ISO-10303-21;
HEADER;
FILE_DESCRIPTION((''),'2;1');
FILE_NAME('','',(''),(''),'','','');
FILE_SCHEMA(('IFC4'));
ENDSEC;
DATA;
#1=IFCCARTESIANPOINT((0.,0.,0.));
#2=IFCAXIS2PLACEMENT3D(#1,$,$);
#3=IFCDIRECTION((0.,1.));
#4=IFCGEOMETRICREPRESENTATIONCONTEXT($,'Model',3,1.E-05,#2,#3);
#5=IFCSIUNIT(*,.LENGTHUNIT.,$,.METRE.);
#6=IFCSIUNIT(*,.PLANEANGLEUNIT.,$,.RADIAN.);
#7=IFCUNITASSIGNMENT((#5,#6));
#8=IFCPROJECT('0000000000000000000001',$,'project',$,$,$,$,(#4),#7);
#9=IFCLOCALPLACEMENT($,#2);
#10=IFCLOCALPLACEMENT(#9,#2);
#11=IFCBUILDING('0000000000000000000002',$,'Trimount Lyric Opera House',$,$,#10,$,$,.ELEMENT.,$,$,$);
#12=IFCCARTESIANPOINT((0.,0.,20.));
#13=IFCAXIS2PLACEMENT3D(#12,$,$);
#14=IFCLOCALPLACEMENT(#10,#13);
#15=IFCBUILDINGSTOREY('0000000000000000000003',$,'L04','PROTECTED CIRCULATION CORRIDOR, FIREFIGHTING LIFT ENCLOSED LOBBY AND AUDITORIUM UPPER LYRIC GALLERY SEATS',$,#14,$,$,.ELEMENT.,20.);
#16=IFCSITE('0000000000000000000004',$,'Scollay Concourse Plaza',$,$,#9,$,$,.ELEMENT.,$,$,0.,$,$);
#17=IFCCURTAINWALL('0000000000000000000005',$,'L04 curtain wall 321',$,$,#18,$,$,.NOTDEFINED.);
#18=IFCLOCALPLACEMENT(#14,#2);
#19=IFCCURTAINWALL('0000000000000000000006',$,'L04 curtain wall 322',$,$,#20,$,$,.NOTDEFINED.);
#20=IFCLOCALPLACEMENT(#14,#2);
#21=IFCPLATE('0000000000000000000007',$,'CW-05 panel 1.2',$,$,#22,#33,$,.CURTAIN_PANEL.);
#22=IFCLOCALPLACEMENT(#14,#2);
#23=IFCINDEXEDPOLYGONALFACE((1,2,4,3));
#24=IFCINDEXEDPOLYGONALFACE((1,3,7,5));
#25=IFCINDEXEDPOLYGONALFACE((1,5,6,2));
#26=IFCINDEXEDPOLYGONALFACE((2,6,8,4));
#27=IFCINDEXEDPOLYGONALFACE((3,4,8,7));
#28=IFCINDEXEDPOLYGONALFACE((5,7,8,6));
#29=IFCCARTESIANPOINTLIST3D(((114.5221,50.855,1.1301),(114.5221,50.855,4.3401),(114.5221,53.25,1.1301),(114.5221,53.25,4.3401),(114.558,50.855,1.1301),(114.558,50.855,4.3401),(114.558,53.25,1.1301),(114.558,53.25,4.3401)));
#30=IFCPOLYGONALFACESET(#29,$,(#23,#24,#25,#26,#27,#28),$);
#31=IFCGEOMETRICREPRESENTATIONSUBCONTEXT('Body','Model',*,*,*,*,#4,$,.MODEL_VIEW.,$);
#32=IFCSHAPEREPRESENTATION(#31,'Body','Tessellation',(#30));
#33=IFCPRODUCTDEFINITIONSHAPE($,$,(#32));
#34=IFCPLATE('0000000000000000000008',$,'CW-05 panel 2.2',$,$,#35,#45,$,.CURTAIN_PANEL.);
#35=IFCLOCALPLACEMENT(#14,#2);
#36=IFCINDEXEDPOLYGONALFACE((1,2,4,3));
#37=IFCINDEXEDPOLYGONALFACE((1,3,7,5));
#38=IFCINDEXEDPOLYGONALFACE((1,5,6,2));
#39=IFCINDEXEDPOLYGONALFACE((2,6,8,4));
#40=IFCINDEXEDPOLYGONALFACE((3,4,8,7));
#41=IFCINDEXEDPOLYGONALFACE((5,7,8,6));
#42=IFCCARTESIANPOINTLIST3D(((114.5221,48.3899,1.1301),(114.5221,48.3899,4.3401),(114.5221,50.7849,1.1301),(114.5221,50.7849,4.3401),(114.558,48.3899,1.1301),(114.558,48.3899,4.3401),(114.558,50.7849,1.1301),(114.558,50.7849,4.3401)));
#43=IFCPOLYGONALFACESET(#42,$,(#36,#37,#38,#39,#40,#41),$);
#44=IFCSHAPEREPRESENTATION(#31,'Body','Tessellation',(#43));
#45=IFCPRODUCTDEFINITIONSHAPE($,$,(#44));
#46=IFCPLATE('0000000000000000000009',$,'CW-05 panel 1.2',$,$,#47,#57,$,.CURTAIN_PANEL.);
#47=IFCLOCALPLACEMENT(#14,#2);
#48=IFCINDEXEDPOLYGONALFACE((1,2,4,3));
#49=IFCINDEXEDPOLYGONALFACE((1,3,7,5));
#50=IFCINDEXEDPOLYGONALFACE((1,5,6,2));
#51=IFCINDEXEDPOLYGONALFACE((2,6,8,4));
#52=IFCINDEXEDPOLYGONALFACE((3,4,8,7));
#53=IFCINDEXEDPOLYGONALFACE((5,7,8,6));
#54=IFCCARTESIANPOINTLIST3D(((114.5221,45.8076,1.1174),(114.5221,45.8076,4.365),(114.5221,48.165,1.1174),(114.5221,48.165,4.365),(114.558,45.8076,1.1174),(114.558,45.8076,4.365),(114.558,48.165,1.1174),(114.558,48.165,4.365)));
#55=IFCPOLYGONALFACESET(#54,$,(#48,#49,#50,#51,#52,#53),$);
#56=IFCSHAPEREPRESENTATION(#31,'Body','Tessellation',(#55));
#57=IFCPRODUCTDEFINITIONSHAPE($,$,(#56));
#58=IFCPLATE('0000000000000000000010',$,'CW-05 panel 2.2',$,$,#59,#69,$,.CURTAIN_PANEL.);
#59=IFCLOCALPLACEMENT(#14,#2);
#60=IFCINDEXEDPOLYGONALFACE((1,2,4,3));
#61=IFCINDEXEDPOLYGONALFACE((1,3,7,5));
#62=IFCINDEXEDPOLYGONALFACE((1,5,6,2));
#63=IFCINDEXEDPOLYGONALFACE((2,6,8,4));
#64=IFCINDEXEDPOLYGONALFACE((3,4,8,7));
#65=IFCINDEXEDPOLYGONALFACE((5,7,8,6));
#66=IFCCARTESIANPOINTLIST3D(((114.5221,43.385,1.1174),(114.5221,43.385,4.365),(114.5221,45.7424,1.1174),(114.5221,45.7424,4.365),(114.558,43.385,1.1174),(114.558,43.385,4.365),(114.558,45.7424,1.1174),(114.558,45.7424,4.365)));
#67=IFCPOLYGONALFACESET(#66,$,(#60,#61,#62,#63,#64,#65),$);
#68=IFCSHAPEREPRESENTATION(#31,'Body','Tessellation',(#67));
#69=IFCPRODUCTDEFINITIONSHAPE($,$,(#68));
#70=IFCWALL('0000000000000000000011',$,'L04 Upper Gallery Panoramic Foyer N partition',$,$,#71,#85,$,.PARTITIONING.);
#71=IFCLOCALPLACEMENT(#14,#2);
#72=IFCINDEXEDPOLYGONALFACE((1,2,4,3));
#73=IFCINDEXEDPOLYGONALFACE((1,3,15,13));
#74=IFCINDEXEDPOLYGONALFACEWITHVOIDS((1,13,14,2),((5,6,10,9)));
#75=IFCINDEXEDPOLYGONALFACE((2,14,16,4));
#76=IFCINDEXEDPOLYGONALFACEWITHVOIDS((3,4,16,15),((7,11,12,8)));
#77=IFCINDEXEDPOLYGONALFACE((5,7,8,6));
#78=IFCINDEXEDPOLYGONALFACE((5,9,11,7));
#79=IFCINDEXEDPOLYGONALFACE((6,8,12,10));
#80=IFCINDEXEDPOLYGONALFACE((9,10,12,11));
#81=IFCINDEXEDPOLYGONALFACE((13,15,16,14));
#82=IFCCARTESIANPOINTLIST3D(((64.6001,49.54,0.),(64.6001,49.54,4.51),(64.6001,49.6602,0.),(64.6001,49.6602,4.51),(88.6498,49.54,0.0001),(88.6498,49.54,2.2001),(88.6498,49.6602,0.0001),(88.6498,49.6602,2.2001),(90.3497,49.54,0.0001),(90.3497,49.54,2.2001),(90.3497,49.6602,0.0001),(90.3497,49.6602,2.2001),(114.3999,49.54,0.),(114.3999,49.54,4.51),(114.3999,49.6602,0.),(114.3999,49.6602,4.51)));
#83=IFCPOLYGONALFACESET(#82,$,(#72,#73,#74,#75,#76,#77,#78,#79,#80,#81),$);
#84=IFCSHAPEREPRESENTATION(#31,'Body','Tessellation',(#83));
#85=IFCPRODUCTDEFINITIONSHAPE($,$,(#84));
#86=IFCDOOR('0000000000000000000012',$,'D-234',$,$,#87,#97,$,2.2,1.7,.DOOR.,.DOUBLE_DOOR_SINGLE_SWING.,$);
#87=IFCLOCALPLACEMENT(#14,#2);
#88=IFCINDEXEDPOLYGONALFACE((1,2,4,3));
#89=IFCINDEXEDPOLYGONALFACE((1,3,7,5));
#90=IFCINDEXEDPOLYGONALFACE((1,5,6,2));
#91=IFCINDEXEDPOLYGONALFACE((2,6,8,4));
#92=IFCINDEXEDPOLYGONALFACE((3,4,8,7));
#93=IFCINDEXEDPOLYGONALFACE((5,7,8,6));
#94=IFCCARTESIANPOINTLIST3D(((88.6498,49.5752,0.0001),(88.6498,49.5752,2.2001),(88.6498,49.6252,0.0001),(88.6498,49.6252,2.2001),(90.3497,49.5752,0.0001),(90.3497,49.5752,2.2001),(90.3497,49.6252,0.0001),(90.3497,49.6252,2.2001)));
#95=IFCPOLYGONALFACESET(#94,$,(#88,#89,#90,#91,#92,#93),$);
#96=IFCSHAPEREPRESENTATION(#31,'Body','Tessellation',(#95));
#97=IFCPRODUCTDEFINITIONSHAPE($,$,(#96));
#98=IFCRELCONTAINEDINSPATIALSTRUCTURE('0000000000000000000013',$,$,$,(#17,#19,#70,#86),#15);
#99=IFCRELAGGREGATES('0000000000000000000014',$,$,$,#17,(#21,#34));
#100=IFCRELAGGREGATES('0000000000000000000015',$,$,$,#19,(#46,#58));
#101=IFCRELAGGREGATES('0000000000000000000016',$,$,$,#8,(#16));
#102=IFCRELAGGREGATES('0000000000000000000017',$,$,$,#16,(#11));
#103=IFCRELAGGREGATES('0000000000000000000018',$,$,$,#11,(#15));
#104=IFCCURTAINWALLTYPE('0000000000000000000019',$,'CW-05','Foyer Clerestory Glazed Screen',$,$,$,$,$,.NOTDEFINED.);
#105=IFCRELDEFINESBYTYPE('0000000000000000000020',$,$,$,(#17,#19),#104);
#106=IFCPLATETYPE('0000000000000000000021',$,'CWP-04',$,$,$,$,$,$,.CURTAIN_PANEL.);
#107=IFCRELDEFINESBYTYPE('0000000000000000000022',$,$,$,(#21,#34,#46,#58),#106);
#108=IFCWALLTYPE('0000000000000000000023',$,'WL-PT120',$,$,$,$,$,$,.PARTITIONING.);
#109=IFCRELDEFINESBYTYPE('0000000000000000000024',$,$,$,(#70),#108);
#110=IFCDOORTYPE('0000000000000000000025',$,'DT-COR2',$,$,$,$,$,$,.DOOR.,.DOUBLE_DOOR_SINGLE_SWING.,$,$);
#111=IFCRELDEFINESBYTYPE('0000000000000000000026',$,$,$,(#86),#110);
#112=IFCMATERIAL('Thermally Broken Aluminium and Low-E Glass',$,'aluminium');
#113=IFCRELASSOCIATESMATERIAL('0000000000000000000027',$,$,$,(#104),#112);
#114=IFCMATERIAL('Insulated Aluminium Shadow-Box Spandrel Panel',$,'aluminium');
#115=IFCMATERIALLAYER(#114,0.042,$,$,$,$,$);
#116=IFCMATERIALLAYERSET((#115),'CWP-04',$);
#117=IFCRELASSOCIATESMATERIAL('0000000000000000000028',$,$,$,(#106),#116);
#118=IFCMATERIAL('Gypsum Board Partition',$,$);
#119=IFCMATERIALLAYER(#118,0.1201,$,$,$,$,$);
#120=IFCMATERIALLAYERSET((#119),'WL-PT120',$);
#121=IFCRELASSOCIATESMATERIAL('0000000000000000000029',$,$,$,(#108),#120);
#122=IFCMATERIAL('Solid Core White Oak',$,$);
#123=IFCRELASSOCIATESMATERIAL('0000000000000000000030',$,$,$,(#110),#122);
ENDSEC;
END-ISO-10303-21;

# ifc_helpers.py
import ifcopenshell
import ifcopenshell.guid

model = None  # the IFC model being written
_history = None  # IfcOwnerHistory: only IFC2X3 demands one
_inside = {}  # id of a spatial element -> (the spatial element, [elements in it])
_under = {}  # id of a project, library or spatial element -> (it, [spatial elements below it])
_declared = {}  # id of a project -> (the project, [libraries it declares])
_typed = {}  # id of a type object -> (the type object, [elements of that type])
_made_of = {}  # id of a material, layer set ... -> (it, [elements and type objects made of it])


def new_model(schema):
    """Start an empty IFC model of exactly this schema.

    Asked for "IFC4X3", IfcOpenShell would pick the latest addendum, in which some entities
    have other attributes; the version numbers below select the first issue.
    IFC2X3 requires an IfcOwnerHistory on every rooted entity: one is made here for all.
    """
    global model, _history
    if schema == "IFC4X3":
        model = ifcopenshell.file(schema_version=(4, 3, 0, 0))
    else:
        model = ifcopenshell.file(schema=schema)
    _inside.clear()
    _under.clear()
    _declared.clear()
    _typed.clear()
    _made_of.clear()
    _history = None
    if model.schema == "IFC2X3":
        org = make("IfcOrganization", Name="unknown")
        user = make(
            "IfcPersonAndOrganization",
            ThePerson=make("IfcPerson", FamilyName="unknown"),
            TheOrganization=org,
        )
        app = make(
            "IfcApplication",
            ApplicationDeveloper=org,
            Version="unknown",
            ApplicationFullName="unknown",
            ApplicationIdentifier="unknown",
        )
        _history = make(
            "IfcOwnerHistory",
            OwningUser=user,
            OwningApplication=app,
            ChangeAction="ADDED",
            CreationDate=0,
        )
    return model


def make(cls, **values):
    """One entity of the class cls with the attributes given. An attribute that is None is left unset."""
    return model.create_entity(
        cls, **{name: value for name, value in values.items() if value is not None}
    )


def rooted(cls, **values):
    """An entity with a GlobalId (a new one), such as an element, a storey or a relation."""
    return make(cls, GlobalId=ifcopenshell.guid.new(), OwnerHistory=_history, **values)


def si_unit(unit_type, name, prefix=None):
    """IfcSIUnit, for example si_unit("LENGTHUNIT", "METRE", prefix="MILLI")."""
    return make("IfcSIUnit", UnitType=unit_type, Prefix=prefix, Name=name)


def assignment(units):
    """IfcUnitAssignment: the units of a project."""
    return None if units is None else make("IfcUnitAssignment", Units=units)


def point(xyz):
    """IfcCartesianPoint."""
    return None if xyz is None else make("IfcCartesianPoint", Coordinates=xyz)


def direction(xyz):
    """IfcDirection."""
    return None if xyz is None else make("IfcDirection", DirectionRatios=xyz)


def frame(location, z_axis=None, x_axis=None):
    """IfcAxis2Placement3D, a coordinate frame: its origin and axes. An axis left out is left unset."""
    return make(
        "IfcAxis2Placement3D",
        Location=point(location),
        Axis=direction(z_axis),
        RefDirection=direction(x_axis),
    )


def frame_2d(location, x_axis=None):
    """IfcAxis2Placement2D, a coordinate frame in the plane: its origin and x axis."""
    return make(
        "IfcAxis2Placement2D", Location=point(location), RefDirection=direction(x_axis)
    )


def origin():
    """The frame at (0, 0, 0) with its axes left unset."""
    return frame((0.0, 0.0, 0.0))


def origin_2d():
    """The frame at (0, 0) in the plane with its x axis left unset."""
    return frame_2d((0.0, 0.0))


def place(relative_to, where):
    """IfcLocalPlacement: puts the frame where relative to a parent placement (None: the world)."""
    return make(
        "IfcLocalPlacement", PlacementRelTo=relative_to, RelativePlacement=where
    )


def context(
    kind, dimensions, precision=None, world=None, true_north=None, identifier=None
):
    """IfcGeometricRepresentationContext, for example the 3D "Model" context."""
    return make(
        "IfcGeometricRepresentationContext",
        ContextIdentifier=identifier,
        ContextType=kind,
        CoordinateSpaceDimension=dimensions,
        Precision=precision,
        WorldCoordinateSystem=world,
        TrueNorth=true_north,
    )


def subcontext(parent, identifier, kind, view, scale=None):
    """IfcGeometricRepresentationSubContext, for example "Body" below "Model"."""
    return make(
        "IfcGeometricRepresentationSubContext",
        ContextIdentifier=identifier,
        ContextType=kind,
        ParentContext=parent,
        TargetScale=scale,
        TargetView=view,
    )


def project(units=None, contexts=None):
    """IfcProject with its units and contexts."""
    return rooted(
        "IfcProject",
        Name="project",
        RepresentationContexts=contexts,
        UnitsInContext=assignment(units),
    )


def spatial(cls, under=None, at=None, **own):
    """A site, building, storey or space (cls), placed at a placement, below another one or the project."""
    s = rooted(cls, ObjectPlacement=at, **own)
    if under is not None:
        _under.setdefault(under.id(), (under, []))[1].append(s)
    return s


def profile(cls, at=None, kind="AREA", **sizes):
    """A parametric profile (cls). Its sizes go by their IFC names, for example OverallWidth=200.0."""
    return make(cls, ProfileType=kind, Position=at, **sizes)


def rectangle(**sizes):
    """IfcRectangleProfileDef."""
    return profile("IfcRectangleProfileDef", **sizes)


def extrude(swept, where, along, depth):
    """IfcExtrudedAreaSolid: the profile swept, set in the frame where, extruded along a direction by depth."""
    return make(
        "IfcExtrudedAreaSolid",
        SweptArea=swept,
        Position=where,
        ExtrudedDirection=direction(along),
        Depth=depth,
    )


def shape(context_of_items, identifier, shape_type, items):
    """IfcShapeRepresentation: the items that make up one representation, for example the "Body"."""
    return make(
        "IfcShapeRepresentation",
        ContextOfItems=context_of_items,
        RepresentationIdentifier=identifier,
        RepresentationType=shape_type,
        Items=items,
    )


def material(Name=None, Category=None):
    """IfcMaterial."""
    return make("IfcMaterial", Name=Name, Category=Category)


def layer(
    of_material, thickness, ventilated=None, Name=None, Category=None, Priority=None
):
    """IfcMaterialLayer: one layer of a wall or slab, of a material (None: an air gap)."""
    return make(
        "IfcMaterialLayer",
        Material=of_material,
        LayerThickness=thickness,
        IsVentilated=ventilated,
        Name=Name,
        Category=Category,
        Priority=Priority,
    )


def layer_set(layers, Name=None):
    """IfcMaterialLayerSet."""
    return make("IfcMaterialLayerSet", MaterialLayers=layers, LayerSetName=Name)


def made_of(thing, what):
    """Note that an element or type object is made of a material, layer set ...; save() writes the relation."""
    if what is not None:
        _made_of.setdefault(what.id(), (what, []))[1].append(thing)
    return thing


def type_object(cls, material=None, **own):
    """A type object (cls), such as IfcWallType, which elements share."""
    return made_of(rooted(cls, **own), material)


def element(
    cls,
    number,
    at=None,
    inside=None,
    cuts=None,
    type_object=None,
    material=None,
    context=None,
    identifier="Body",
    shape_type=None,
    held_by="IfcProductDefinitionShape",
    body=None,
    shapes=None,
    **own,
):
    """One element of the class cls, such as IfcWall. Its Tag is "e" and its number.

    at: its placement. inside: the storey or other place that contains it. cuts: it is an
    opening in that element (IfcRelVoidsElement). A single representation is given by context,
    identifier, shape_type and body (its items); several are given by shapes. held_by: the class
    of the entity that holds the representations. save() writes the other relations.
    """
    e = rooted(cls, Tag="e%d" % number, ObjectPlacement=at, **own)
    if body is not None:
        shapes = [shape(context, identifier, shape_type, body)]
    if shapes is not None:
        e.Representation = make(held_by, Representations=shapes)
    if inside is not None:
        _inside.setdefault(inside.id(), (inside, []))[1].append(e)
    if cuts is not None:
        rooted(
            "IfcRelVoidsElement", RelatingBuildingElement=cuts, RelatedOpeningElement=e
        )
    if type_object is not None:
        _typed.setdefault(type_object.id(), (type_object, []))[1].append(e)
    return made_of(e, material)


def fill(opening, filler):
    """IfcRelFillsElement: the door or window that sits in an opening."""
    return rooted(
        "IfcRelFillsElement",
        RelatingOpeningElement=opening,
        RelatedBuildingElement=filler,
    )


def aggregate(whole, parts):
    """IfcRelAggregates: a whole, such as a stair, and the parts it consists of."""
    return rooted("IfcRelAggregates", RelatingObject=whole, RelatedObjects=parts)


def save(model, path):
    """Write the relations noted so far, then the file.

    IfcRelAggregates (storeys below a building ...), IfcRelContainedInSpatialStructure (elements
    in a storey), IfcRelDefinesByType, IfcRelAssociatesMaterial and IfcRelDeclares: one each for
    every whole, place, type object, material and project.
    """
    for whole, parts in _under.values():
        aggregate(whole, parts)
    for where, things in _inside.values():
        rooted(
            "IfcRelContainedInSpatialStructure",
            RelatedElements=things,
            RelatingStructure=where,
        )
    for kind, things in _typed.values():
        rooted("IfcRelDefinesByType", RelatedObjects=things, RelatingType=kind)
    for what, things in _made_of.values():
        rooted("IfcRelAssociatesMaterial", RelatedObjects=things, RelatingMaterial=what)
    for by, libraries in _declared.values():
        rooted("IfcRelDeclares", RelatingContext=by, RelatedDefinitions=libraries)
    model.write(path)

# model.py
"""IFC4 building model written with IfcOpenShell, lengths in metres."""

from ifc_helpers import new_model, si_unit, direction, frame, frame_2d, origin, origin_2d, place, context, subcontext, project, spatial, rectangle, extrude, material, layer, layer_set, type_object, element, fill, aggregate, save


model = new_model("IFC4")

# Units and contexts
model_context = context("Model", 3, precision=1e-05, world=origin(), true_north=direction((0.0, 1.0)))
body_context = subcontext(model_context, "Body", "Model", "MODEL_VIEW")
ifc_project = project(units=[si_unit("LENGTHUNIT", "METRE"), si_unit("PLANEANGLEUNIT", "RADIAN")], contexts=[model_context])

# Site, building, storey
site_placement = place(None, origin())
site = spatial("IfcSite", under=ifc_project, at=site_placement, Name="Scollay Concourse Plaza", CompositionType="ELEMENT", RefElevation=0.0)
building_placement = place(site_placement, origin())
building = spatial("IfcBuilding", under=site, at=building_placement, Name="Trimount Lyric Opera House", CompositionType="ELEMENT")
storey_placement = place(building_placement, frame((0.0, 0.0, 20.0)))
storey = spatial("IfcBuildingStorey", under=building, at=storey_placement, Name="L04", Description="PROTECTED CIRCULATION CORRIDOR, FIREFIGHTING LIFT ENCLOSED LOBBY AND AUDITORIUM UPPER LYRIC GALLERY SEATS", CompositionType="ELEMENT", Elevation=20.0)

# Curtain walls
ifc_material_1 = material(Name="Thermally Broken Aluminium and Low-E Glass", Category="aluminium")
curtain_wall_type = type_object("IfcCurtainWallType", Name="CW-05", Description="Foyer Clerestory Glazed Screen", PredefinedType="NOTDEFINED", material=ifc_material_1)
curtain_wall_1_placement = place(storey_placement, origin())
curtain_wall_1 = element("IfcCurtainWall", 1, at=curtain_wall_1_placement, inside=storey, type_object=curtain_wall_type, Name="L04 curtain wall 321", PredefinedType="NOTDEFINED")
curtain_wall_2_placement = place(storey_placement, origin())
curtain_wall_2 = element("IfcCurtainWall", 2, at=curtain_wall_2_placement, inside=storey, type_object=curtain_wall_type, Name="L04 curtain wall 322", PredefinedType="NOTDEFINED")

# Plates
ifc_material_2 = material(Name="Insulated Aluminium Shadow-Box Spandrel Panel", Category="aluminium")
ifc_layer_1 = layer(ifc_material_2, 0.042)
ifc_layer_set_1 = layer_set([ifc_layer_1], Name="CWP-04")
plate_type_1 = type_object("IfcPlateType", Name="CWP-04", PredefinedType="CURTAIN_PANEL", material=ifc_layer_set_1)
plate_1_placement = place(storey_placement, frame((114.54, 52.0525, 1.1301), z_axis=(0.0, 0.0, 1.0), x_axis=(0.0, -1.0, 0.0)))
plate_1 = element("IfcPlate", 3, at=plate_1_placement, type_object=plate_type_1, Name="CW-05 panel 1.2", PredefinedType="CURTAIN_PANEL", context=body_context, shape_type="SweptSolid", body=[
    extrude(rectangle(XDim=2.395, YDim=0.0359, at=origin_2d()), origin(), (0.0, 0.0, 1.0), 3.21),
])
plate_2_placement = place(storey_placement, frame((114.54, 49.5874, 1.1301), z_axis=(0.0, 0.0, 1.0), x_axis=(0.0, -1.0, 0.0)))
plate_2 = element("IfcPlate", 4, at=plate_2_placement, type_object=plate_type_1, Name="CW-05 panel 2.2", PredefinedType="CURTAIN_PANEL", context=body_context, shape_type="SweptSolid", body=[
    extrude(rectangle(XDim=2.395, YDim=0.0359, at=origin_2d()), origin(), (0.0, 0.0, 1.0), 3.21),
])
aggregate(curtain_wall_1, [plate_1, plate_2])
plate_3_placement = place(storey_placement, frame((114.54, 46.9863, 1.1174), z_axis=(0.0, 0.0, 1.0), x_axis=(0.0, -1.0, 0.0)))
plate_3 = element("IfcPlate", 5, at=plate_3_placement, type_object=plate_type_1, Name="CW-05 panel 1.2", PredefinedType="CURTAIN_PANEL", context=body_context, shape_type="SweptSolid", body=[
    extrude(rectangle(XDim=2.3574, YDim=0.0359, at=origin_2d()), origin(), (0.0, 0.0, 1.0), 3.2476),
])
plate_4_placement = place(storey_placement, frame((114.54, 44.5637, 1.1174), z_axis=(0.0, 0.0, 1.0), x_axis=(0.0, -1.0, 0.0)))
plate_4 = element("IfcPlate", 6, at=plate_4_placement, type_object=plate_type_1, Name="CW-05 panel 2.2", PredefinedType="CURTAIN_PANEL", context=body_context, shape_type="SweptSolid", body=[
    extrude(rectangle(XDim=2.3574, YDim=0.0359, at=origin_2d()), origin(), (0.0, 0.0, 1.0), 3.2476),
])
aggregate(curtain_wall_2, [plate_3, plate_4])

# Wall, opening, door
ifc_material_3 = material(Name="Gypsum Board Partition")
ifc_layer_2 = layer(ifc_material_3, 0.1201)
ifc_layer_set_2 = layer_set([ifc_layer_2], Name="WL-PT120")
wall_type = type_object("IfcWallType", Name="WL-PT120", PredefinedType="PARTITIONING", material=ifc_layer_set_2)
wall_placement = place(storey_placement, frame((114.3999, 49.6001, 0.0), z_axis=(0.0, 0.0, 1.0), x_axis=(-1.0, 0.0, 0.0)))
wall = element("IfcWall", 7, at=wall_placement, inside=storey, type_object=wall_type, Name="L04 Upper Gallery Panoramic Foyer N partition", PredefinedType="PARTITIONING", context=body_context, shape_type="SweptSolid", body=[
    extrude(rectangle(XDim=49.7998, YDim=0.1201, at=frame_2d((24.8999, 0.0))), origin(), (0.0, 0.0, 1.0), 4.51),
])
opening_placement = place(wall_placement, frame((24.05, 0.0, 0.0)))
opening = element("IfcOpeningElement", 8, at=opening_placement, cuts=wall, PredefinedType="OPENING", context=body_context, shape_type="SweptSolid", body=[
    extrude(rectangle(XDim=1.7, YDim=2.2, at=frame_2d((0.8501, 1.1001))), frame((0.0, 0.0701, 0.0), z_axis=(0.0, -1.0, 0.0), x_axis=(1.0, 0.0, 0.0)), (0.0, 0.0, 1.0), 0.1401),
])
ifc_material_4 = material(Name="Solid Core White Oak")
door_type = type_object("IfcDoorType", Name="DT-COR2", OperationType="DOUBLE_DOOR_SINGLE_SWING", PredefinedType="DOOR", material=ifc_material_4)
door_placement = place(opening_placement, origin())
door = element("IfcDoor", 9, at=door_placement, inside=storey, type_object=door_type, Name="D-234", OperationType="DOUBLE_DOOR_SINGLE_SWING", OverallHeight=2.2, OverallWidth=1.7, PredefinedType="DOOR", context=body_context, shape_type="SweptSolid", body=[
    extrude(rectangle(XDim=1.7, YDim=2.2, at=frame_2d((0.8501, 1.1001))), frame((0.0, 0.0249, 0.0), z_axis=(0.0, -1.0, 0.0), x_axis=(1.0, 0.0, 0.0)), (0.0, 0.0, 1.0), 0.05),
])
fill(opening, door)

save(model, "model.ifc")
